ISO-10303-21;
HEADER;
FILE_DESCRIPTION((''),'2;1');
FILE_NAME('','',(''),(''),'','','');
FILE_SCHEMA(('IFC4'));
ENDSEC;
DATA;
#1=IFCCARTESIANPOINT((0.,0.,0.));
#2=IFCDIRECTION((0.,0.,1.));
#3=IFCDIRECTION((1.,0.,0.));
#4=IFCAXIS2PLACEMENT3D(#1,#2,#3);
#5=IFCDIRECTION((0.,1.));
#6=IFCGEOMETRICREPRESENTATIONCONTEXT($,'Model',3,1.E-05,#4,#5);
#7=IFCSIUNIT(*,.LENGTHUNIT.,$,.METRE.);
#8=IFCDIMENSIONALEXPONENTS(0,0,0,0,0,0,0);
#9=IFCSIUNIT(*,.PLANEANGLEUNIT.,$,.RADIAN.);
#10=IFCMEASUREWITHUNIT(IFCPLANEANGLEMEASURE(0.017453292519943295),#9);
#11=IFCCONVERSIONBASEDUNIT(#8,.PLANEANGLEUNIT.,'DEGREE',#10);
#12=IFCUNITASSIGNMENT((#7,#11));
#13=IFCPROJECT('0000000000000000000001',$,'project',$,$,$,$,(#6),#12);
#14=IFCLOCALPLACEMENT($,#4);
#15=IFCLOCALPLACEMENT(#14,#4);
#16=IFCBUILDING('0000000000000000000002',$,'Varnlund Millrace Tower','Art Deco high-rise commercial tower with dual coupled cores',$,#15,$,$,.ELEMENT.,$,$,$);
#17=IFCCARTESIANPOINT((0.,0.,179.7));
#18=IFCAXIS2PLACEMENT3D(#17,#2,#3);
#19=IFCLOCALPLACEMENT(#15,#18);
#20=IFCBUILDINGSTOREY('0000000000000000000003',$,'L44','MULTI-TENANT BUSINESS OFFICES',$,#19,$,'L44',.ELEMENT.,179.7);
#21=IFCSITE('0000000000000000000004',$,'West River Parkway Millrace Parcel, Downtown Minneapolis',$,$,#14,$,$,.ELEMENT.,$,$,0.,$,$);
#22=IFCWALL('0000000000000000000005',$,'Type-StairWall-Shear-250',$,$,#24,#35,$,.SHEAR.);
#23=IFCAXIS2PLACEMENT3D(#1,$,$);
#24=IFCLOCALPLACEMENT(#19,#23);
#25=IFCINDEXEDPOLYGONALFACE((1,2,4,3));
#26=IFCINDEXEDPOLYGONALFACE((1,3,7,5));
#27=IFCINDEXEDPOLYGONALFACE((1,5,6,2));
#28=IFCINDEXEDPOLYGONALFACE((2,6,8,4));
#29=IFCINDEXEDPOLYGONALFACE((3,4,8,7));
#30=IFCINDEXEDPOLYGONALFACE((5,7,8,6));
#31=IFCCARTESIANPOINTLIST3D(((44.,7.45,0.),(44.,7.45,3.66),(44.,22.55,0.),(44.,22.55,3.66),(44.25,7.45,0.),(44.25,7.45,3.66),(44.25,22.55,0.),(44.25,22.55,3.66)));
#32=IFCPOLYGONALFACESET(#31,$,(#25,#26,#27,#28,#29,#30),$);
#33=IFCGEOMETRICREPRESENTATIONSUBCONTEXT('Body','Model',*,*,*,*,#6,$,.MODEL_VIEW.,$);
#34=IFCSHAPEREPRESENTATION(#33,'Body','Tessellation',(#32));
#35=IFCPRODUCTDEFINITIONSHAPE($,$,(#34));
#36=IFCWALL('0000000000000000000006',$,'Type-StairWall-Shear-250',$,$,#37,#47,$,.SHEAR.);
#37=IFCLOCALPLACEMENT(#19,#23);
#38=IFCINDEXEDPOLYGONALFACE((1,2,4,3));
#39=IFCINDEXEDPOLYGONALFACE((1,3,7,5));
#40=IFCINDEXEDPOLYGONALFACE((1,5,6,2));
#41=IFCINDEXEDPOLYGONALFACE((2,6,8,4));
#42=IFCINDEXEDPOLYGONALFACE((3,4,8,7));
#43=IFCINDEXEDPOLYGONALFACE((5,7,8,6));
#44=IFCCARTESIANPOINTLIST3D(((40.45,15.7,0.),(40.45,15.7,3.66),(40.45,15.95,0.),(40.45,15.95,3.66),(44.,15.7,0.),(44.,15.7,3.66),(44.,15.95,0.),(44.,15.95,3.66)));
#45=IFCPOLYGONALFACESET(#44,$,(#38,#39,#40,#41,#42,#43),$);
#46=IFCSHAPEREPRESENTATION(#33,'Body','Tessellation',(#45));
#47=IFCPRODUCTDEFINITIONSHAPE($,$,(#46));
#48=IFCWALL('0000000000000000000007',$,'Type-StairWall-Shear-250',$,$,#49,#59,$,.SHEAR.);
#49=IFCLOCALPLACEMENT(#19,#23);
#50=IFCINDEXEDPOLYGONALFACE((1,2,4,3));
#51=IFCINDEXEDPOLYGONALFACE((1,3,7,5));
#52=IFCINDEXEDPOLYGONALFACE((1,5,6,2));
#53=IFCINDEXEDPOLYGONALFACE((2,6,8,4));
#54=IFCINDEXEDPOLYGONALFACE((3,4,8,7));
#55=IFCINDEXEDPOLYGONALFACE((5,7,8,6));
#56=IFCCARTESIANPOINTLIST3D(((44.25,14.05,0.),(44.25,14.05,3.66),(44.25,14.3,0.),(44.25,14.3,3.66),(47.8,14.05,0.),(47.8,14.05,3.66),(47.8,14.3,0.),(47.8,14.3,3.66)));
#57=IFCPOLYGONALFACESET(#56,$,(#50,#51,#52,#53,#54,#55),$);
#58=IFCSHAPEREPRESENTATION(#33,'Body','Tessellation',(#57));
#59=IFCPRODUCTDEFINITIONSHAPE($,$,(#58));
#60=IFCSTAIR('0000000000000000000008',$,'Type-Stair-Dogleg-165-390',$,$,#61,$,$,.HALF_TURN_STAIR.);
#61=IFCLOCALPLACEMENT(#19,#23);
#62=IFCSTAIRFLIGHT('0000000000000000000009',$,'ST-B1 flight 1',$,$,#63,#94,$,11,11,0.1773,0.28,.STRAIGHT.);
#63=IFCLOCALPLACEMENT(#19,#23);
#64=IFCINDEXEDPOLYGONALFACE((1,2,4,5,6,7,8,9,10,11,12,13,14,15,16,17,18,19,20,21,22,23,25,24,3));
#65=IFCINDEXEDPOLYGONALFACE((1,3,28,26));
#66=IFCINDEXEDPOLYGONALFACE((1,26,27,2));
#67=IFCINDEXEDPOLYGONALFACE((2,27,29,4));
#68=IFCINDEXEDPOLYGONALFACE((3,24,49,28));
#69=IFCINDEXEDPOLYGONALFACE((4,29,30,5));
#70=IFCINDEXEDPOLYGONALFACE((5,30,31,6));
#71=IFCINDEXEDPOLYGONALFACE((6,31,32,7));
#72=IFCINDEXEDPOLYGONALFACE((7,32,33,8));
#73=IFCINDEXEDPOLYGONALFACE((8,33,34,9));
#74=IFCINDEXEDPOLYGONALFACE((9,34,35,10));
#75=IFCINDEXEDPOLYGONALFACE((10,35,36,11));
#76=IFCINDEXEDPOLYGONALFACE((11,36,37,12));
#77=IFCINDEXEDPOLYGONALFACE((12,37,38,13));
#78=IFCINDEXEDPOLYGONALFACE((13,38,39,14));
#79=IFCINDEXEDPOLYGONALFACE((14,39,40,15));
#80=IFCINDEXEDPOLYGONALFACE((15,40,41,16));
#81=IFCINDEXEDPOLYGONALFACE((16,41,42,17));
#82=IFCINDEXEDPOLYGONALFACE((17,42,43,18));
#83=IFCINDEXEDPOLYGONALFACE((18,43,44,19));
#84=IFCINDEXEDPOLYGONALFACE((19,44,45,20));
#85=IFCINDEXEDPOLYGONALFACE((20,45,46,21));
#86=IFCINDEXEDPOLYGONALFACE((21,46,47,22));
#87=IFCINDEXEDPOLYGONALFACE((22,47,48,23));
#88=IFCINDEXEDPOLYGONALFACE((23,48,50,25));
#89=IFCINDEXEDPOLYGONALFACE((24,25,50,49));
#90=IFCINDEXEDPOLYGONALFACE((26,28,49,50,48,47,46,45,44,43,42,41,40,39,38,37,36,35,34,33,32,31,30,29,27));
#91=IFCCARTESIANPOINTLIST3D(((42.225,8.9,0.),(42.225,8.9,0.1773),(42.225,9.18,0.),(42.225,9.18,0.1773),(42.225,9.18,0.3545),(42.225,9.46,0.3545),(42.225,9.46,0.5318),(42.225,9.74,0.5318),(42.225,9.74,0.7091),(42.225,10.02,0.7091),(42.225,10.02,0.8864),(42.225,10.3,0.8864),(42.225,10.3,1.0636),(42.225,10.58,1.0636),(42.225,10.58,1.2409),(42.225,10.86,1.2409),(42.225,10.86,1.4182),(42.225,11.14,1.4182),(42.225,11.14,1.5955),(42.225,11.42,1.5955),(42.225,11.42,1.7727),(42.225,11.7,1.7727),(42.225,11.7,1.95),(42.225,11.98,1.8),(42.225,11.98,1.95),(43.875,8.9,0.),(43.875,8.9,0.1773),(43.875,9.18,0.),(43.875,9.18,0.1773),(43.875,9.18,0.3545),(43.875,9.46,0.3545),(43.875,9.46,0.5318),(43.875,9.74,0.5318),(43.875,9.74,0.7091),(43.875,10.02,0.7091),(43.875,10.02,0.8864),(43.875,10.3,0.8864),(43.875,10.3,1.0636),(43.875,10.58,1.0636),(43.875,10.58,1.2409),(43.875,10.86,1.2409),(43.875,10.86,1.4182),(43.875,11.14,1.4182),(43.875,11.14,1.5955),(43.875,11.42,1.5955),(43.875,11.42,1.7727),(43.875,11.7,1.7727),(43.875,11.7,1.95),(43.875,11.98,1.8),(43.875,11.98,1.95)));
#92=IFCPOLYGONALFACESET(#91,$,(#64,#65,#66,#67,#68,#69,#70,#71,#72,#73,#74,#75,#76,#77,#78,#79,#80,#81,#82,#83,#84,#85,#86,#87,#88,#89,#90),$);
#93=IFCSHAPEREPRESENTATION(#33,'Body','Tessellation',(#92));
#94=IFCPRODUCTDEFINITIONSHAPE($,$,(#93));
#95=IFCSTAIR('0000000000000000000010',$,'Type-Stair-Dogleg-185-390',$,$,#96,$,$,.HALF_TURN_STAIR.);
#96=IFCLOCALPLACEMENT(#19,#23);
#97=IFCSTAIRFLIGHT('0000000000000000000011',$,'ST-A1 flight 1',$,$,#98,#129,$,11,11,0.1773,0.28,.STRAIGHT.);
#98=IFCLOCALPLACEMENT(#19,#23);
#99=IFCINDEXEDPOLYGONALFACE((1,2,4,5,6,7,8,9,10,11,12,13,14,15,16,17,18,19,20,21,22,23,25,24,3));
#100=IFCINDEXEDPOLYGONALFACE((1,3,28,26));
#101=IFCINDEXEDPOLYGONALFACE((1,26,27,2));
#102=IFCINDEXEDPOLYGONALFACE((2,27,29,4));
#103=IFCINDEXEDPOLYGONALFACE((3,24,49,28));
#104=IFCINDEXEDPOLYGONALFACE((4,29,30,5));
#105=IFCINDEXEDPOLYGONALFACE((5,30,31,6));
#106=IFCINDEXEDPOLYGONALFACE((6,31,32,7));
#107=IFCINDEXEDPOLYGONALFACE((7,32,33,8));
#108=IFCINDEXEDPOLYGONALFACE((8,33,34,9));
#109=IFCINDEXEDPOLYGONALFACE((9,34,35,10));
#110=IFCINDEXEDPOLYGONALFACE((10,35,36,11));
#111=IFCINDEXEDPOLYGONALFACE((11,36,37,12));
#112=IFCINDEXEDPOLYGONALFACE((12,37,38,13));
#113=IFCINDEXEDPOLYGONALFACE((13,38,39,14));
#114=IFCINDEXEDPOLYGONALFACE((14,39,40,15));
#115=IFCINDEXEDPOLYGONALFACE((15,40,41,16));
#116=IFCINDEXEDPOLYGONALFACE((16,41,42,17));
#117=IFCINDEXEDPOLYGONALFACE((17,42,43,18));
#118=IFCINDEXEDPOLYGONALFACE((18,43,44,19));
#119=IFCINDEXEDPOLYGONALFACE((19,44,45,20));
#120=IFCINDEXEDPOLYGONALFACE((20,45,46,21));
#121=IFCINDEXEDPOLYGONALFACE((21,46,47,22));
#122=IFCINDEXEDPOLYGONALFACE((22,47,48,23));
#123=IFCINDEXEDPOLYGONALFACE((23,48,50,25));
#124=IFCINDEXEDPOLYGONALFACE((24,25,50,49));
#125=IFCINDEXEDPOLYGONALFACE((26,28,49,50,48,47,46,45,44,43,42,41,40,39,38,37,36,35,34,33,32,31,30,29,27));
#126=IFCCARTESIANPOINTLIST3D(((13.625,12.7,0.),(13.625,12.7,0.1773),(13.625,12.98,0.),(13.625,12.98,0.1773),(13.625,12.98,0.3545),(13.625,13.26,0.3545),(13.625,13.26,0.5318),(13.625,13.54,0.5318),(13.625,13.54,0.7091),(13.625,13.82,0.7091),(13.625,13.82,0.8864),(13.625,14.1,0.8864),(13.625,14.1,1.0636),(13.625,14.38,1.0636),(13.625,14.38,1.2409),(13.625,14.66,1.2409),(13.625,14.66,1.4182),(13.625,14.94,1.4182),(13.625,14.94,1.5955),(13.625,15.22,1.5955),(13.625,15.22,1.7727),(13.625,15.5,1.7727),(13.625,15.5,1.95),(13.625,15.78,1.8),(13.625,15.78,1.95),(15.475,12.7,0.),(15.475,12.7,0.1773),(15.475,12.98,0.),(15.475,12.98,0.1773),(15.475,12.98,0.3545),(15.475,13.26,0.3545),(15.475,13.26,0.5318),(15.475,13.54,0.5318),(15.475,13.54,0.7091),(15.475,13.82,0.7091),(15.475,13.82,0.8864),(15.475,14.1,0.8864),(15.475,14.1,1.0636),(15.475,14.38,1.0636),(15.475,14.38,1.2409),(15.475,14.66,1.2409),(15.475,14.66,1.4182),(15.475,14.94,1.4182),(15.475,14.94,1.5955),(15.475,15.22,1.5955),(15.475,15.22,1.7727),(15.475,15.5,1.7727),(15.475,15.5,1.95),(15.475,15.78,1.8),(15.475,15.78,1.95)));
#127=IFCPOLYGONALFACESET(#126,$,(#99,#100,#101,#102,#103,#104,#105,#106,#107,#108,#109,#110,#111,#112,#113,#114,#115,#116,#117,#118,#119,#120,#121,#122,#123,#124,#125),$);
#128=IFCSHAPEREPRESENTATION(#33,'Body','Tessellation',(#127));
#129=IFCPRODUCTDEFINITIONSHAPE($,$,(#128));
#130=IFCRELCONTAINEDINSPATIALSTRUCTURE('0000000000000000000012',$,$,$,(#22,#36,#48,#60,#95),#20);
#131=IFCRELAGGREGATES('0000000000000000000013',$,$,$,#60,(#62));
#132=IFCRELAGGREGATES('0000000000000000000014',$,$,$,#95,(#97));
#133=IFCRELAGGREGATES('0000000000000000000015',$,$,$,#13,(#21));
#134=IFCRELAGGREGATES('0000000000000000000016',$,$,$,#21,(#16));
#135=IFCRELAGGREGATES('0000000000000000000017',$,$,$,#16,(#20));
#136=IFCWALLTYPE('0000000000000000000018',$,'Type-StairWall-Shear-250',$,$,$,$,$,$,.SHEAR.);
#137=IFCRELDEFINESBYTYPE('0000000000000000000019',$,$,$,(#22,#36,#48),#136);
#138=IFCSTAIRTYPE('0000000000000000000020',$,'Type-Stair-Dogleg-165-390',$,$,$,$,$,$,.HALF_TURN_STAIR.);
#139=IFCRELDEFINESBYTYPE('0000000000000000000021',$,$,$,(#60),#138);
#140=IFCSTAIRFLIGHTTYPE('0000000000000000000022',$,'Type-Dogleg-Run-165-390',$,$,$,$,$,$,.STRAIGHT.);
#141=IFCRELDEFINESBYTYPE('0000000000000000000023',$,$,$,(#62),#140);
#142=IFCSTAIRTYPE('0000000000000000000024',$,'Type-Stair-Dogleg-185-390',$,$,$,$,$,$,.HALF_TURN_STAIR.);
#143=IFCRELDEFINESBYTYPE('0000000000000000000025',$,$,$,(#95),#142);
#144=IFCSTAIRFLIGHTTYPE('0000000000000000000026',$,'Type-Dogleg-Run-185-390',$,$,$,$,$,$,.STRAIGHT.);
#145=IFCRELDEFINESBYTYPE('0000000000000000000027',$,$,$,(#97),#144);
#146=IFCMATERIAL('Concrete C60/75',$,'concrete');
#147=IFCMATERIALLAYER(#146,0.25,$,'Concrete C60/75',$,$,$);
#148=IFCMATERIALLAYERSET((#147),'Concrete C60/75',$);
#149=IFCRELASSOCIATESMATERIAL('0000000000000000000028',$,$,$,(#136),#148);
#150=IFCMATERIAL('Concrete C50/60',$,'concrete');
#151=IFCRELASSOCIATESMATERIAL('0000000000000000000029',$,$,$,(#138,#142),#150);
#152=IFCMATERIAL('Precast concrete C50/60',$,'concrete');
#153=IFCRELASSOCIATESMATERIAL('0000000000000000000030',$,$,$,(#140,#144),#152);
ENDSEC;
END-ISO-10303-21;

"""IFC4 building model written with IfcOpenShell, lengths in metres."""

from ifc_helpers import new_model, entity, si_unit, converted_unit, direction, frame, origin_with_axes, place, context, subcontext, project, spatial, polyline, outline, extrude, material, layer, layer_set, type_object, element, aggregate, save


model = new_model("IFC4")

# Units and contexts
model_context = context("Model", 3, precision=1e-05, world=origin_with_axes(), true_north=direction((0.0, 1.0)))
body_context = subcontext(model_context, "Body", "Model", "MODEL_VIEW")
ifc_project = project(units=[si_unit("LENGTHUNIT", "METRE"), converted_unit("PLANEANGLEUNIT", "DEGREE", entity("IfcPlaneAngleMeasure", 0.017453292519943295), si_unit("PLANEANGLEUNIT", "RADIAN"), dimensions=[0, 0, 0, 0, 0, 0, 0])], contexts=[model_context])

# Site, building, storey
site_placement = place(None, origin_with_axes())
site = spatial("IfcSite", under=ifc_project, at=site_placement, Name="West River Parkway Millrace Parcel, Downtown Minneapolis", CompositionType="ELEMENT", RefElevation=0.0)
building_placement = place(site_placement, origin_with_axes())
building = spatial("IfcBuilding", under=site, at=building_placement, Name="Varnlund Millrace Tower", Description="Art Deco high-rise commercial tower with dual coupled cores", CompositionType="ELEMENT")
storey_placement = place(building_placement, frame((0.0, 0.0, 179.7), z_axis=(0.0, 0.0, 1.0), x_axis=(1.0, 0.0, 0.0)))
storey = spatial("IfcBuildingStorey", under=building, at=storey_placement, Name="L44", Description="MULTI-TENANT BUSINESS OFFICES", LongName="L44", CompositionType="ELEMENT", Elevation=179.7)

# Shared definitions
ifc_material_1 = material(Name="Concrete C60/75", Category="concrete")
ifc_layer_1 = layer(ifc_material_1, 0.25, Name="Concrete C60/75")
ifc_layer_set_1 = layer_set([ifc_layer_1], Name="Concrete C60/75")

# Walls
wall_type_1 = type_object("IfcWallType", Name="Type-StairWall-Shear-250", PredefinedType="SHEAR", material=ifc_layer_set_1)
wall_1_placement = place(storey_placement, frame((44.125, 7.45, 0.0), z_axis=(0.0, 0.0, 1.0), x_axis=(0.0, 1.0, 0.0)))
element("IfcWall", 1, at=wall_1_placement, inside=storey, type_object=wall_type_1, Name="Type-StairWall-Shear-250", PredefinedType="SHEAR", context=body_context, shape_type="SweptSolid", body=[
    extrude(outline(polyline([(0.0, -0.125), (15.1, -0.125), (15.1, 0.125), (0.0, 0.125), (0.0, -0.125)])), origin_with_axes(), (0.0, 0.0, 1.0), 3.66),
])
for number, where, z_axis, x_axis, name in (
    (2, (40.45, 15.825, 0.0), (0.0, 0.0, 1.0), (1.0, 0.0, 0.0), "Type-StairWall-Shear-250"),
    (3, (44.25, 14.175, 0.0), (0.0, 0.0, 1.0), (1.0, 0.0, 0.0), "Type-StairWall-Shear-250"),
):
    element("IfcWall", number, at=place(storey_placement, frame(where, z_axis=z_axis, x_axis=x_axis)), inside=storey, type_object=wall_type_1, Name=name, PredefinedType="SHEAR", context=body_context, shape_type="SweptSolid", body=[
        extrude(outline(polyline([(0.0, -0.125), (3.55, -0.125), (3.55, 0.125), (0.0, 0.125), (0.0, -0.125)])), origin_with_axes(), (0.0, 0.0, 1.0), 3.66),
    ])

# Stairs, stair flights
ifc_material_2 = material(Name="Concrete C50/60", Category="concrete")
stair_type_1 = type_object("IfcStairType", Name="Type-Stair-Dogleg-165-390", PredefinedType="HALF_TURN_STAIR", material=ifc_material_2)
stair_1_placement = place(storey_placement, origin_with_axes())
stair_1 = element("IfcStair", 4, at=stair_1_placement, inside=storey, type_object=stair_type_1, Name="Type-Stair-Dogleg-165-390", PredefinedType="HALF_TURN_STAIR")
ifc_material_3 = material(Name="Precast concrete C50/60", Category="concrete")
stair_flight_type_1 = type_object("IfcStairFlightType", Name="Type-Dogleg-Run-165-390", PredefinedType="STRAIGHT", material=ifc_material_3)
stair_flight_1_placement = place(storey_placement, frame((42.225, 8.9, 0.0), z_axis=(1.0, 0.0, 0.0), x_axis=(0.0, 1.0, 0.0)))
stair_flight_1 = element("IfcStairFlight", 5, at=stair_flight_1_placement, type_object=stair_flight_type_1, Name="ST-B1 flight 1", NumberOfRisers=11, NumberOfTreads=11, PredefinedType="STRAIGHT", RiserHeight=0.1773, TreadLength=0.28, context=body_context, shape_type="SweptSolid", body=[
    extrude(outline(polyline([(0.0, 0.0), (0.0, 0.1773), (0.28, 0.1773), (0.28, 0.3545), (0.56, 0.3545), (0.56, 0.5318), (0.84, 0.5318), (0.84, 0.7091), (1.12, 0.7091), (1.12, 0.8864), (1.4, 0.8864), (1.4, 1.0636), (1.68, 1.0636), (1.68, 1.2409), (1.96, 1.2409), (1.96, 1.4182), (2.24, 1.4182), (2.24, 1.5955), (2.52, 1.5955), (2.52, 1.7727), (2.8, 1.7727), (2.8, 1.95), (3.08, 1.95), (3.08, 1.8), (0.28, 0.0), (0.0, 0.0)])), origin_with_axes(), (0.0, 0.0, 1.0), 1.65),
])
aggregate(stair_1, [stair_flight_1])
stair_type_2 = type_object("IfcStairType", Name="Type-Stair-Dogleg-185-390", PredefinedType="HALF_TURN_STAIR", material=ifc_material_2)
stair_2_placement = place(storey_placement, origin_with_axes())
stair_2 = element("IfcStair", 6, at=stair_2_placement, inside=storey, type_object=stair_type_2, Name="Type-Stair-Dogleg-185-390", PredefinedType="HALF_TURN_STAIR")
stair_flight_type_2 = type_object("IfcStairFlightType", Name="Type-Dogleg-Run-185-390", PredefinedType="STRAIGHT", material=ifc_material_3)
stair_flight_2_placement = place(storey_placement, frame((13.625, 12.7, 0.0), z_axis=(1.0, 0.0, 0.0), x_axis=(0.0, 1.0, 0.0)))
stair_flight_2 = element("IfcStairFlight", 7, at=stair_flight_2_placement, type_object=stair_flight_type_2, Name="ST-A1 flight 1", NumberOfRisers=11, NumberOfTreads=11, PredefinedType="STRAIGHT", RiserHeight=0.1773, TreadLength=0.28, context=body_context, shape_type="SweptSolid", body=[
    extrude(outline(polyline([(0.0, 0.0), (0.0, 0.1773), (0.28, 0.1773), (0.28, 0.3545), (0.56, 0.3545), (0.56, 0.5318), (0.84, 0.5318), (0.84, 0.7091), (1.12, 0.7091), (1.12, 0.8864), (1.4, 0.8864), (1.4, 1.0636), (1.68, 1.0636), (1.68, 1.2409), (1.96, 1.2409), (1.96, 1.4182), (2.24, 1.4182), (2.24, 1.5955), (2.52, 1.5955), (2.52, 1.7727), (2.8, 1.7727), (2.8, 1.95), (3.08, 1.95), (3.08, 1.8), (0.28, 0.0), (0.0, 0.0)])), origin_with_axes(), (0.0, 0.0, 1.0), 1.85),
])
aggregate(stair_2, [stair_flight_2])

save(model, "model.ifc")
